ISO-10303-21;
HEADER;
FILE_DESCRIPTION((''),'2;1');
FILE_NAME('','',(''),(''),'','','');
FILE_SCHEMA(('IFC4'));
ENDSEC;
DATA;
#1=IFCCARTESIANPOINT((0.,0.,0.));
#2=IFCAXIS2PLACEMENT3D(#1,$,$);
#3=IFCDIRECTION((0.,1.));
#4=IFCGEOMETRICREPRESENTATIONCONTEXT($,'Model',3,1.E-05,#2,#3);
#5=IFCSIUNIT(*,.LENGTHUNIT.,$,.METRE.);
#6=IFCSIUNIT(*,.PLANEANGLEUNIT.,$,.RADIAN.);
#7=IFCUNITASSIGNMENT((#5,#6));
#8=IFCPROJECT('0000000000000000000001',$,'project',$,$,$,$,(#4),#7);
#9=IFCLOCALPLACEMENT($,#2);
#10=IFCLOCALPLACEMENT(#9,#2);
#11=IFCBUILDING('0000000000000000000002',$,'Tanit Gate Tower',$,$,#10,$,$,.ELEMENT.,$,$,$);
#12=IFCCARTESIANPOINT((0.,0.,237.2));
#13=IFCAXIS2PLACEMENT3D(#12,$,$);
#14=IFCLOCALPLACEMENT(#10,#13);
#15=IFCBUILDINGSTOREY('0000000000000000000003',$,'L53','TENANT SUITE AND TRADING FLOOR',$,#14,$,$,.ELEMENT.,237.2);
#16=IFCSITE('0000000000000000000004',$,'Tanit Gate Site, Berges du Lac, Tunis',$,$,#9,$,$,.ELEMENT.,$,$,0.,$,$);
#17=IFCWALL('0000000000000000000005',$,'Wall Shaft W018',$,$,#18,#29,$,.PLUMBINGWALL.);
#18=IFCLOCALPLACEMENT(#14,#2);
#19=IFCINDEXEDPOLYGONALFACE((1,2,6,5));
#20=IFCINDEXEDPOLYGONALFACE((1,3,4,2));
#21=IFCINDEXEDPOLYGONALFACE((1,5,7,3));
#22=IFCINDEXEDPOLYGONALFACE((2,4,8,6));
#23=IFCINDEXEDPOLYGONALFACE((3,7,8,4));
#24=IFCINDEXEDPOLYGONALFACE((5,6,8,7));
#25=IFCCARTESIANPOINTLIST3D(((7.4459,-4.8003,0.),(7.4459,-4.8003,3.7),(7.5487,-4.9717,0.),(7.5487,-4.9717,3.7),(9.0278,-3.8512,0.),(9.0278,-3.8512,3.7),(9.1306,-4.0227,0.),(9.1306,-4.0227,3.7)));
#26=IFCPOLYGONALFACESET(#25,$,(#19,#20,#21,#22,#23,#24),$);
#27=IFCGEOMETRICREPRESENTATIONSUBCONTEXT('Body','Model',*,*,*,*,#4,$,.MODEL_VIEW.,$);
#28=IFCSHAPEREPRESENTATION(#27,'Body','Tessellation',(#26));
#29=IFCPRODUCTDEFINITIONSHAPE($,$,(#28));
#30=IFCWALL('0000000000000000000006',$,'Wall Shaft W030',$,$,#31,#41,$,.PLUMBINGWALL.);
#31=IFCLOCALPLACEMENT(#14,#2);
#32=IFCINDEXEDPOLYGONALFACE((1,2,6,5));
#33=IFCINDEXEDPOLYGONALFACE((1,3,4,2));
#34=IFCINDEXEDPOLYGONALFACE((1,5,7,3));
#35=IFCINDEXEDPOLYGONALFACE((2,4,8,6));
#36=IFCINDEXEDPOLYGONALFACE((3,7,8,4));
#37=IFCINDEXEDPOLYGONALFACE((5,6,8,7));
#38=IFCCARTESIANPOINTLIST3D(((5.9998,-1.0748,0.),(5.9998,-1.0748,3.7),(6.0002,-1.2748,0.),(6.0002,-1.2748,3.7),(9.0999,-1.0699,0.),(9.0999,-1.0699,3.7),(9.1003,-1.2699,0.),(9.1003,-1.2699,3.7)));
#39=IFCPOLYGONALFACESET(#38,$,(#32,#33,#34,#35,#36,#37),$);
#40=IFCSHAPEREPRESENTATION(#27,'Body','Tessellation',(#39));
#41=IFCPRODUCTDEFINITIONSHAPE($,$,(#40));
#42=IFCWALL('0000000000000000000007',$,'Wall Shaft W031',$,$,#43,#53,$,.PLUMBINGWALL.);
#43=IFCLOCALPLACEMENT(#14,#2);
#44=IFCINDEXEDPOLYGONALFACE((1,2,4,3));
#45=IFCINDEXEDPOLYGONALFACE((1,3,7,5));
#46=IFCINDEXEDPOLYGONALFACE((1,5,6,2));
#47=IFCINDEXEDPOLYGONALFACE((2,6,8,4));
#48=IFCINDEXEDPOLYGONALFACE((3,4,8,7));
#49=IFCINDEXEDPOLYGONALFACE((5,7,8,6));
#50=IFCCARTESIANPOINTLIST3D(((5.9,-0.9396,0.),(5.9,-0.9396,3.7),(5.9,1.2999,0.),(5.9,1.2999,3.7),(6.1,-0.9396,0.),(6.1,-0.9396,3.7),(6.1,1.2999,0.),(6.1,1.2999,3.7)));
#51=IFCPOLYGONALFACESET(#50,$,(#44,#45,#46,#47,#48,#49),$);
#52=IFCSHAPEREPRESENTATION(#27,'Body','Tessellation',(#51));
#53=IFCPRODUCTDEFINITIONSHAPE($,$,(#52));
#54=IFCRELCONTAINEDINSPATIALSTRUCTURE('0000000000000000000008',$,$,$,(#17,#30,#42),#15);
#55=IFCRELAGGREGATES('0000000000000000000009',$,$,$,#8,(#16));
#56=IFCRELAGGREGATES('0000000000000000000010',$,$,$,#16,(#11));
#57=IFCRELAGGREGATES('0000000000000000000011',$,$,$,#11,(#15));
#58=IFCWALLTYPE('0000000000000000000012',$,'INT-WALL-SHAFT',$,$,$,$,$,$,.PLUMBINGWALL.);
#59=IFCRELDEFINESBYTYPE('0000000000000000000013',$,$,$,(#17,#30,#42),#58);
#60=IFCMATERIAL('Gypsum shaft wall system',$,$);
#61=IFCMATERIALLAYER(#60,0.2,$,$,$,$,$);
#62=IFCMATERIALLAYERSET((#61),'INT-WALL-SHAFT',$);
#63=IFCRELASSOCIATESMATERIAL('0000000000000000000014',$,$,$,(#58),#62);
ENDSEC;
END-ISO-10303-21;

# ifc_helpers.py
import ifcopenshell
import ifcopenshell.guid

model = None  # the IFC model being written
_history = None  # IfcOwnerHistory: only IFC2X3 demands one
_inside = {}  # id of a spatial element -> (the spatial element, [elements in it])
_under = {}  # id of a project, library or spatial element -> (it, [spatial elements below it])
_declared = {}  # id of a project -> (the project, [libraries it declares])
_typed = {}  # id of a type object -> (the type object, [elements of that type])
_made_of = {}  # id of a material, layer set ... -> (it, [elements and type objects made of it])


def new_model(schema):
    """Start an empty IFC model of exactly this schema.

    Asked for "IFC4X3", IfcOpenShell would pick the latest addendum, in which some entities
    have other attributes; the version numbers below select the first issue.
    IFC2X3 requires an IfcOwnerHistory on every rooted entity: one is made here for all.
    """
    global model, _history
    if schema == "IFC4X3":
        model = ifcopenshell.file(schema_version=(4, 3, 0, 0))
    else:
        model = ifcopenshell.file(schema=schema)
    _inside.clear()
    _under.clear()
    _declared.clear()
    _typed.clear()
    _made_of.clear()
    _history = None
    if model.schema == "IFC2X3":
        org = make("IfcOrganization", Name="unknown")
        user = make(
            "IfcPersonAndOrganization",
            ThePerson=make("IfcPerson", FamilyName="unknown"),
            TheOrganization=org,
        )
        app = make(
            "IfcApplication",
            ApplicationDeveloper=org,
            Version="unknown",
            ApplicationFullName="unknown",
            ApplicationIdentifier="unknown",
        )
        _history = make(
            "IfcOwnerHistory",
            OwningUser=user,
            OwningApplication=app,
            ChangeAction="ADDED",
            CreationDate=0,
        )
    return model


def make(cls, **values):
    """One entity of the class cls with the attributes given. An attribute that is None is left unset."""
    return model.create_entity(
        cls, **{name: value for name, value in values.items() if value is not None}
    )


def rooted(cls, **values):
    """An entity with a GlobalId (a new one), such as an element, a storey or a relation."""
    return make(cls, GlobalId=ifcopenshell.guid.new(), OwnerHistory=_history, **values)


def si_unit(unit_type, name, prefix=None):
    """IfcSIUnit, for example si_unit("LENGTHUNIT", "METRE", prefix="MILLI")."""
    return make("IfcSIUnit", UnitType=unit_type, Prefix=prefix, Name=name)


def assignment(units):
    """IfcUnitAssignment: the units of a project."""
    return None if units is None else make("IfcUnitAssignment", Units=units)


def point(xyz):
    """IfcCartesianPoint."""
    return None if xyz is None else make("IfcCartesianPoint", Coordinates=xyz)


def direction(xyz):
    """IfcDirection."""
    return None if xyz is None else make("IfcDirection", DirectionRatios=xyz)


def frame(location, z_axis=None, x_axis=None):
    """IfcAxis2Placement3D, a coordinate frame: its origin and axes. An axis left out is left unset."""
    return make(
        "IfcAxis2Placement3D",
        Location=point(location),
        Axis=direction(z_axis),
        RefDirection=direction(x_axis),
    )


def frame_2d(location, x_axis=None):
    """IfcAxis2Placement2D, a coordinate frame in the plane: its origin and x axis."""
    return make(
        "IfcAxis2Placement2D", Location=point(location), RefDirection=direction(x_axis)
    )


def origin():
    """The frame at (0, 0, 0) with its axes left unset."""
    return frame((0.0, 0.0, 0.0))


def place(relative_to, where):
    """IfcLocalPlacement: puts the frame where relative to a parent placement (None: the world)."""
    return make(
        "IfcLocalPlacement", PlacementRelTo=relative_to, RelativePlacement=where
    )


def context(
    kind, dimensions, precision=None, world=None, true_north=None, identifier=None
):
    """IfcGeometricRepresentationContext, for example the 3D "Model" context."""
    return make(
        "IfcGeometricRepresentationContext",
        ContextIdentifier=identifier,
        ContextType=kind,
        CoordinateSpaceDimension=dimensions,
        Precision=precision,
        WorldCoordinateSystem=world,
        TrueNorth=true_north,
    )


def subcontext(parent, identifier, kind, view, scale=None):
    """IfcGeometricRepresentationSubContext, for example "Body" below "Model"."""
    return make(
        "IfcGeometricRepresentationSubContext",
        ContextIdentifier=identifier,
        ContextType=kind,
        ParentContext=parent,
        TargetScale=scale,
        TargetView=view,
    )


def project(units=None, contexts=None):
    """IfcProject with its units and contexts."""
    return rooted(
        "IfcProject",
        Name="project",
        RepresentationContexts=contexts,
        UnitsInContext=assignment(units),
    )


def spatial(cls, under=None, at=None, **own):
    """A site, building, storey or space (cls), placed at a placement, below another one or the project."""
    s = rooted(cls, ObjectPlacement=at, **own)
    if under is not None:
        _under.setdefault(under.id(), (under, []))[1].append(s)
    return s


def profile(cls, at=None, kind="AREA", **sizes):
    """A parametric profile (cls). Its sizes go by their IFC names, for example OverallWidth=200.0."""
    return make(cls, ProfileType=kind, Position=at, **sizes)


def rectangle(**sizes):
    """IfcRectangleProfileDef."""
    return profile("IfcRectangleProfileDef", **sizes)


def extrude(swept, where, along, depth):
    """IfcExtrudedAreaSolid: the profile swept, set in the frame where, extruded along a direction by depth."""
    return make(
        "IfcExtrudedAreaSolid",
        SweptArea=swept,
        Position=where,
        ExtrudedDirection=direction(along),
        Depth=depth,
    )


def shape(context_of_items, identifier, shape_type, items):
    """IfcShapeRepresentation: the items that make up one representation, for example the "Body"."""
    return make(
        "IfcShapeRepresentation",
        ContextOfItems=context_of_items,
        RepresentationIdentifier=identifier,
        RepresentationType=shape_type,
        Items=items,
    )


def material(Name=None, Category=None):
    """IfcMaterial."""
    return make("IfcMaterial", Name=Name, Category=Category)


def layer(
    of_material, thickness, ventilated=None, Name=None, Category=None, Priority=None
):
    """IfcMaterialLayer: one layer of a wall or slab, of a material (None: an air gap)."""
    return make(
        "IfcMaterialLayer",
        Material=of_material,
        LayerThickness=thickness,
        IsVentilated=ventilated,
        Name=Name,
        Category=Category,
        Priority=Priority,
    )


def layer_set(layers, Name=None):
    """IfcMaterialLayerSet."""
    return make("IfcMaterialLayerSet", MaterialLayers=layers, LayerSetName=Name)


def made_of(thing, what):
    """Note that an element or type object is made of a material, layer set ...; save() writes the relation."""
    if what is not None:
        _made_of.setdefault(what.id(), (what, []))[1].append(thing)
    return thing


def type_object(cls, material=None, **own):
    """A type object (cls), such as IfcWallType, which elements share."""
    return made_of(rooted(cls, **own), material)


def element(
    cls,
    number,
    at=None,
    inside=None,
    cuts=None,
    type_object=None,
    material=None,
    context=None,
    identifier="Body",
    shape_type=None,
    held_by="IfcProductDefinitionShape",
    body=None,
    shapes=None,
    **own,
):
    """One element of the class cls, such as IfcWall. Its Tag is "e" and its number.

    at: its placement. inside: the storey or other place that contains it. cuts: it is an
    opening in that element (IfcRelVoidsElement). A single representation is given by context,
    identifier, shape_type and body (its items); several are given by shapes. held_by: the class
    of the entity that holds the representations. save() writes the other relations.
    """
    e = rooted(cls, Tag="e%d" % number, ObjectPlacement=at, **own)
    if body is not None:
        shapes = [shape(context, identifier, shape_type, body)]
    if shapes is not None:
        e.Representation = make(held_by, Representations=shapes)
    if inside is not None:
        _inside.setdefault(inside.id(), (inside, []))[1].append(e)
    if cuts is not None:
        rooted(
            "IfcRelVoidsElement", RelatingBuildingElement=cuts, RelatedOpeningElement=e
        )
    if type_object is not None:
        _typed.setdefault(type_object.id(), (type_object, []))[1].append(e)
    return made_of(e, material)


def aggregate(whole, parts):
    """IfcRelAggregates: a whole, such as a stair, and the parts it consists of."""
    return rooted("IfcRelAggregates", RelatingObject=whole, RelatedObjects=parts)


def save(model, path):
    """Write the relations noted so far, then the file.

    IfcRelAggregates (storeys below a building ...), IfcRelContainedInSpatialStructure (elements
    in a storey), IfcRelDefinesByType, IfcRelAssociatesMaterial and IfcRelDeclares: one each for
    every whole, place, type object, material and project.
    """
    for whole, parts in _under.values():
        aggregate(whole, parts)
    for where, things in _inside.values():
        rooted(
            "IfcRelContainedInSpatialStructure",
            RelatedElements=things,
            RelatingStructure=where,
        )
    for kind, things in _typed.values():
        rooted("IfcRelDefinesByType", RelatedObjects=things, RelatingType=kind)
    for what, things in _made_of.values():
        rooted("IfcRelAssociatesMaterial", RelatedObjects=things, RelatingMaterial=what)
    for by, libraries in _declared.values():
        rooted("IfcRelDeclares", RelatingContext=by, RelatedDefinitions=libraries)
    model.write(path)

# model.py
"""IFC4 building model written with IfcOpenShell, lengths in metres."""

from ifc_helpers import new_model, si_unit, direction, frame, frame_2d, origin, place, context, subcontext, project, spatial, rectangle, extrude, material, layer, layer_set, type_object, element, save


model = new_model("IFC4")

# Units and contexts
model_context = context("Model", 3, precision=1e-05, world=origin(), true_north=direction((0.0, 1.0)))
body_context = subcontext(model_context, "Body", "Model", "MODEL_VIEW")
ifc_project = project(units=[si_unit("LENGTHUNIT", "METRE"), si_unit("PLANEANGLEUNIT", "RADIAN")], contexts=[model_context])

# Site, building, storey
site_placement = place(None, origin())
site = spatial("IfcSite", under=ifc_project, at=site_placement, Name="Tanit Gate Site, Berges du Lac, Tunis", CompositionType="ELEMENT", RefElevation=0.0)
building_placement = place(site_placement, origin())
building = spatial("IfcBuilding", under=site, at=building_placement, Name="Tanit Gate Tower", CompositionType="ELEMENT")
storey_placement = place(building_placement, frame((0.0, 0.0, 237.2)))
storey = spatial("IfcBuildingStorey", under=building, at=storey_placement, Name="L53", Description="TENANT SUITE AND TRADING FLOOR", CompositionType="ELEMENT", Elevation=237.2)

# Walls
ifc_material_1 = material(Name="Gypsum shaft wall system")
ifc_layer_1 = layer(ifc_material_1, 0.2)
ifc_layer_set_1 = layer_set([ifc_layer_1], Name="INT-WALL-SHAFT")
wall_type_1 = type_object("IfcWallType", Name="INT-WALL-SHAFT", PredefinedType="PLUMBINGWALL", material=ifc_layer_set_1)
wall_1_placement = place(storey_placement, frame((7.4973, -4.886, 0.0), z_axis=(0.0, 0.0, 1.0), x_axis=(0.857516, 0.514457, 0.0)))
element("IfcWall", 1, at=wall_1_placement, inside=storey, type_object=wall_type_1, Name="Wall Shaft W018", PredefinedType="PLUMBINGWALL", context=body_context, shape_type="SweptSolid", body=[
    extrude(rectangle(XDim=1.8447, YDim=0.2, at=frame_2d((0.9224, 0.0))), origin(), (0.0, 0.0, 1.0), 3.7),
])
wall_2_placement = place(storey_placement, frame((9.1001, -1.1699, 0.0), z_axis=(0.0, 0.0, 1.0), x_axis=(-0.999999, -0.001575, 0.0)))
element("IfcWall", 2, at=wall_2_placement, inside=storey, type_object=wall_type_1, Name="Wall Shaft W030", PredefinedType="PLUMBINGWALL", context=body_context, shape_type="SweptSolid", body=[
    extrude(rectangle(XDim=3.1001, YDim=0.2, at=frame_2d((1.55, 0.0))), origin(), (0.0, 0.0, 1.0), 3.7),
])
wall_3_placement = place(storey_placement, frame((6.0, -0.9395, 0.0), z_axis=(0.0, 0.0, 1.0), x_axis=(0.0, 1.0, 0.0)))
element("IfcWall", 3, at=wall_3_placement, inside=storey, type_object=wall_type_1, Name="Wall Shaft W031", PredefinedType="PLUMBINGWALL", context=body_context, shape_type="SweptSolid", body=[
    extrude(rectangle(XDim=2.2395, YDim=0.2, at=frame_2d((1.1196, 0.0))), origin(), (0.0, 0.0, 1.0), 3.7),
])

save(model, "model.ifc")
